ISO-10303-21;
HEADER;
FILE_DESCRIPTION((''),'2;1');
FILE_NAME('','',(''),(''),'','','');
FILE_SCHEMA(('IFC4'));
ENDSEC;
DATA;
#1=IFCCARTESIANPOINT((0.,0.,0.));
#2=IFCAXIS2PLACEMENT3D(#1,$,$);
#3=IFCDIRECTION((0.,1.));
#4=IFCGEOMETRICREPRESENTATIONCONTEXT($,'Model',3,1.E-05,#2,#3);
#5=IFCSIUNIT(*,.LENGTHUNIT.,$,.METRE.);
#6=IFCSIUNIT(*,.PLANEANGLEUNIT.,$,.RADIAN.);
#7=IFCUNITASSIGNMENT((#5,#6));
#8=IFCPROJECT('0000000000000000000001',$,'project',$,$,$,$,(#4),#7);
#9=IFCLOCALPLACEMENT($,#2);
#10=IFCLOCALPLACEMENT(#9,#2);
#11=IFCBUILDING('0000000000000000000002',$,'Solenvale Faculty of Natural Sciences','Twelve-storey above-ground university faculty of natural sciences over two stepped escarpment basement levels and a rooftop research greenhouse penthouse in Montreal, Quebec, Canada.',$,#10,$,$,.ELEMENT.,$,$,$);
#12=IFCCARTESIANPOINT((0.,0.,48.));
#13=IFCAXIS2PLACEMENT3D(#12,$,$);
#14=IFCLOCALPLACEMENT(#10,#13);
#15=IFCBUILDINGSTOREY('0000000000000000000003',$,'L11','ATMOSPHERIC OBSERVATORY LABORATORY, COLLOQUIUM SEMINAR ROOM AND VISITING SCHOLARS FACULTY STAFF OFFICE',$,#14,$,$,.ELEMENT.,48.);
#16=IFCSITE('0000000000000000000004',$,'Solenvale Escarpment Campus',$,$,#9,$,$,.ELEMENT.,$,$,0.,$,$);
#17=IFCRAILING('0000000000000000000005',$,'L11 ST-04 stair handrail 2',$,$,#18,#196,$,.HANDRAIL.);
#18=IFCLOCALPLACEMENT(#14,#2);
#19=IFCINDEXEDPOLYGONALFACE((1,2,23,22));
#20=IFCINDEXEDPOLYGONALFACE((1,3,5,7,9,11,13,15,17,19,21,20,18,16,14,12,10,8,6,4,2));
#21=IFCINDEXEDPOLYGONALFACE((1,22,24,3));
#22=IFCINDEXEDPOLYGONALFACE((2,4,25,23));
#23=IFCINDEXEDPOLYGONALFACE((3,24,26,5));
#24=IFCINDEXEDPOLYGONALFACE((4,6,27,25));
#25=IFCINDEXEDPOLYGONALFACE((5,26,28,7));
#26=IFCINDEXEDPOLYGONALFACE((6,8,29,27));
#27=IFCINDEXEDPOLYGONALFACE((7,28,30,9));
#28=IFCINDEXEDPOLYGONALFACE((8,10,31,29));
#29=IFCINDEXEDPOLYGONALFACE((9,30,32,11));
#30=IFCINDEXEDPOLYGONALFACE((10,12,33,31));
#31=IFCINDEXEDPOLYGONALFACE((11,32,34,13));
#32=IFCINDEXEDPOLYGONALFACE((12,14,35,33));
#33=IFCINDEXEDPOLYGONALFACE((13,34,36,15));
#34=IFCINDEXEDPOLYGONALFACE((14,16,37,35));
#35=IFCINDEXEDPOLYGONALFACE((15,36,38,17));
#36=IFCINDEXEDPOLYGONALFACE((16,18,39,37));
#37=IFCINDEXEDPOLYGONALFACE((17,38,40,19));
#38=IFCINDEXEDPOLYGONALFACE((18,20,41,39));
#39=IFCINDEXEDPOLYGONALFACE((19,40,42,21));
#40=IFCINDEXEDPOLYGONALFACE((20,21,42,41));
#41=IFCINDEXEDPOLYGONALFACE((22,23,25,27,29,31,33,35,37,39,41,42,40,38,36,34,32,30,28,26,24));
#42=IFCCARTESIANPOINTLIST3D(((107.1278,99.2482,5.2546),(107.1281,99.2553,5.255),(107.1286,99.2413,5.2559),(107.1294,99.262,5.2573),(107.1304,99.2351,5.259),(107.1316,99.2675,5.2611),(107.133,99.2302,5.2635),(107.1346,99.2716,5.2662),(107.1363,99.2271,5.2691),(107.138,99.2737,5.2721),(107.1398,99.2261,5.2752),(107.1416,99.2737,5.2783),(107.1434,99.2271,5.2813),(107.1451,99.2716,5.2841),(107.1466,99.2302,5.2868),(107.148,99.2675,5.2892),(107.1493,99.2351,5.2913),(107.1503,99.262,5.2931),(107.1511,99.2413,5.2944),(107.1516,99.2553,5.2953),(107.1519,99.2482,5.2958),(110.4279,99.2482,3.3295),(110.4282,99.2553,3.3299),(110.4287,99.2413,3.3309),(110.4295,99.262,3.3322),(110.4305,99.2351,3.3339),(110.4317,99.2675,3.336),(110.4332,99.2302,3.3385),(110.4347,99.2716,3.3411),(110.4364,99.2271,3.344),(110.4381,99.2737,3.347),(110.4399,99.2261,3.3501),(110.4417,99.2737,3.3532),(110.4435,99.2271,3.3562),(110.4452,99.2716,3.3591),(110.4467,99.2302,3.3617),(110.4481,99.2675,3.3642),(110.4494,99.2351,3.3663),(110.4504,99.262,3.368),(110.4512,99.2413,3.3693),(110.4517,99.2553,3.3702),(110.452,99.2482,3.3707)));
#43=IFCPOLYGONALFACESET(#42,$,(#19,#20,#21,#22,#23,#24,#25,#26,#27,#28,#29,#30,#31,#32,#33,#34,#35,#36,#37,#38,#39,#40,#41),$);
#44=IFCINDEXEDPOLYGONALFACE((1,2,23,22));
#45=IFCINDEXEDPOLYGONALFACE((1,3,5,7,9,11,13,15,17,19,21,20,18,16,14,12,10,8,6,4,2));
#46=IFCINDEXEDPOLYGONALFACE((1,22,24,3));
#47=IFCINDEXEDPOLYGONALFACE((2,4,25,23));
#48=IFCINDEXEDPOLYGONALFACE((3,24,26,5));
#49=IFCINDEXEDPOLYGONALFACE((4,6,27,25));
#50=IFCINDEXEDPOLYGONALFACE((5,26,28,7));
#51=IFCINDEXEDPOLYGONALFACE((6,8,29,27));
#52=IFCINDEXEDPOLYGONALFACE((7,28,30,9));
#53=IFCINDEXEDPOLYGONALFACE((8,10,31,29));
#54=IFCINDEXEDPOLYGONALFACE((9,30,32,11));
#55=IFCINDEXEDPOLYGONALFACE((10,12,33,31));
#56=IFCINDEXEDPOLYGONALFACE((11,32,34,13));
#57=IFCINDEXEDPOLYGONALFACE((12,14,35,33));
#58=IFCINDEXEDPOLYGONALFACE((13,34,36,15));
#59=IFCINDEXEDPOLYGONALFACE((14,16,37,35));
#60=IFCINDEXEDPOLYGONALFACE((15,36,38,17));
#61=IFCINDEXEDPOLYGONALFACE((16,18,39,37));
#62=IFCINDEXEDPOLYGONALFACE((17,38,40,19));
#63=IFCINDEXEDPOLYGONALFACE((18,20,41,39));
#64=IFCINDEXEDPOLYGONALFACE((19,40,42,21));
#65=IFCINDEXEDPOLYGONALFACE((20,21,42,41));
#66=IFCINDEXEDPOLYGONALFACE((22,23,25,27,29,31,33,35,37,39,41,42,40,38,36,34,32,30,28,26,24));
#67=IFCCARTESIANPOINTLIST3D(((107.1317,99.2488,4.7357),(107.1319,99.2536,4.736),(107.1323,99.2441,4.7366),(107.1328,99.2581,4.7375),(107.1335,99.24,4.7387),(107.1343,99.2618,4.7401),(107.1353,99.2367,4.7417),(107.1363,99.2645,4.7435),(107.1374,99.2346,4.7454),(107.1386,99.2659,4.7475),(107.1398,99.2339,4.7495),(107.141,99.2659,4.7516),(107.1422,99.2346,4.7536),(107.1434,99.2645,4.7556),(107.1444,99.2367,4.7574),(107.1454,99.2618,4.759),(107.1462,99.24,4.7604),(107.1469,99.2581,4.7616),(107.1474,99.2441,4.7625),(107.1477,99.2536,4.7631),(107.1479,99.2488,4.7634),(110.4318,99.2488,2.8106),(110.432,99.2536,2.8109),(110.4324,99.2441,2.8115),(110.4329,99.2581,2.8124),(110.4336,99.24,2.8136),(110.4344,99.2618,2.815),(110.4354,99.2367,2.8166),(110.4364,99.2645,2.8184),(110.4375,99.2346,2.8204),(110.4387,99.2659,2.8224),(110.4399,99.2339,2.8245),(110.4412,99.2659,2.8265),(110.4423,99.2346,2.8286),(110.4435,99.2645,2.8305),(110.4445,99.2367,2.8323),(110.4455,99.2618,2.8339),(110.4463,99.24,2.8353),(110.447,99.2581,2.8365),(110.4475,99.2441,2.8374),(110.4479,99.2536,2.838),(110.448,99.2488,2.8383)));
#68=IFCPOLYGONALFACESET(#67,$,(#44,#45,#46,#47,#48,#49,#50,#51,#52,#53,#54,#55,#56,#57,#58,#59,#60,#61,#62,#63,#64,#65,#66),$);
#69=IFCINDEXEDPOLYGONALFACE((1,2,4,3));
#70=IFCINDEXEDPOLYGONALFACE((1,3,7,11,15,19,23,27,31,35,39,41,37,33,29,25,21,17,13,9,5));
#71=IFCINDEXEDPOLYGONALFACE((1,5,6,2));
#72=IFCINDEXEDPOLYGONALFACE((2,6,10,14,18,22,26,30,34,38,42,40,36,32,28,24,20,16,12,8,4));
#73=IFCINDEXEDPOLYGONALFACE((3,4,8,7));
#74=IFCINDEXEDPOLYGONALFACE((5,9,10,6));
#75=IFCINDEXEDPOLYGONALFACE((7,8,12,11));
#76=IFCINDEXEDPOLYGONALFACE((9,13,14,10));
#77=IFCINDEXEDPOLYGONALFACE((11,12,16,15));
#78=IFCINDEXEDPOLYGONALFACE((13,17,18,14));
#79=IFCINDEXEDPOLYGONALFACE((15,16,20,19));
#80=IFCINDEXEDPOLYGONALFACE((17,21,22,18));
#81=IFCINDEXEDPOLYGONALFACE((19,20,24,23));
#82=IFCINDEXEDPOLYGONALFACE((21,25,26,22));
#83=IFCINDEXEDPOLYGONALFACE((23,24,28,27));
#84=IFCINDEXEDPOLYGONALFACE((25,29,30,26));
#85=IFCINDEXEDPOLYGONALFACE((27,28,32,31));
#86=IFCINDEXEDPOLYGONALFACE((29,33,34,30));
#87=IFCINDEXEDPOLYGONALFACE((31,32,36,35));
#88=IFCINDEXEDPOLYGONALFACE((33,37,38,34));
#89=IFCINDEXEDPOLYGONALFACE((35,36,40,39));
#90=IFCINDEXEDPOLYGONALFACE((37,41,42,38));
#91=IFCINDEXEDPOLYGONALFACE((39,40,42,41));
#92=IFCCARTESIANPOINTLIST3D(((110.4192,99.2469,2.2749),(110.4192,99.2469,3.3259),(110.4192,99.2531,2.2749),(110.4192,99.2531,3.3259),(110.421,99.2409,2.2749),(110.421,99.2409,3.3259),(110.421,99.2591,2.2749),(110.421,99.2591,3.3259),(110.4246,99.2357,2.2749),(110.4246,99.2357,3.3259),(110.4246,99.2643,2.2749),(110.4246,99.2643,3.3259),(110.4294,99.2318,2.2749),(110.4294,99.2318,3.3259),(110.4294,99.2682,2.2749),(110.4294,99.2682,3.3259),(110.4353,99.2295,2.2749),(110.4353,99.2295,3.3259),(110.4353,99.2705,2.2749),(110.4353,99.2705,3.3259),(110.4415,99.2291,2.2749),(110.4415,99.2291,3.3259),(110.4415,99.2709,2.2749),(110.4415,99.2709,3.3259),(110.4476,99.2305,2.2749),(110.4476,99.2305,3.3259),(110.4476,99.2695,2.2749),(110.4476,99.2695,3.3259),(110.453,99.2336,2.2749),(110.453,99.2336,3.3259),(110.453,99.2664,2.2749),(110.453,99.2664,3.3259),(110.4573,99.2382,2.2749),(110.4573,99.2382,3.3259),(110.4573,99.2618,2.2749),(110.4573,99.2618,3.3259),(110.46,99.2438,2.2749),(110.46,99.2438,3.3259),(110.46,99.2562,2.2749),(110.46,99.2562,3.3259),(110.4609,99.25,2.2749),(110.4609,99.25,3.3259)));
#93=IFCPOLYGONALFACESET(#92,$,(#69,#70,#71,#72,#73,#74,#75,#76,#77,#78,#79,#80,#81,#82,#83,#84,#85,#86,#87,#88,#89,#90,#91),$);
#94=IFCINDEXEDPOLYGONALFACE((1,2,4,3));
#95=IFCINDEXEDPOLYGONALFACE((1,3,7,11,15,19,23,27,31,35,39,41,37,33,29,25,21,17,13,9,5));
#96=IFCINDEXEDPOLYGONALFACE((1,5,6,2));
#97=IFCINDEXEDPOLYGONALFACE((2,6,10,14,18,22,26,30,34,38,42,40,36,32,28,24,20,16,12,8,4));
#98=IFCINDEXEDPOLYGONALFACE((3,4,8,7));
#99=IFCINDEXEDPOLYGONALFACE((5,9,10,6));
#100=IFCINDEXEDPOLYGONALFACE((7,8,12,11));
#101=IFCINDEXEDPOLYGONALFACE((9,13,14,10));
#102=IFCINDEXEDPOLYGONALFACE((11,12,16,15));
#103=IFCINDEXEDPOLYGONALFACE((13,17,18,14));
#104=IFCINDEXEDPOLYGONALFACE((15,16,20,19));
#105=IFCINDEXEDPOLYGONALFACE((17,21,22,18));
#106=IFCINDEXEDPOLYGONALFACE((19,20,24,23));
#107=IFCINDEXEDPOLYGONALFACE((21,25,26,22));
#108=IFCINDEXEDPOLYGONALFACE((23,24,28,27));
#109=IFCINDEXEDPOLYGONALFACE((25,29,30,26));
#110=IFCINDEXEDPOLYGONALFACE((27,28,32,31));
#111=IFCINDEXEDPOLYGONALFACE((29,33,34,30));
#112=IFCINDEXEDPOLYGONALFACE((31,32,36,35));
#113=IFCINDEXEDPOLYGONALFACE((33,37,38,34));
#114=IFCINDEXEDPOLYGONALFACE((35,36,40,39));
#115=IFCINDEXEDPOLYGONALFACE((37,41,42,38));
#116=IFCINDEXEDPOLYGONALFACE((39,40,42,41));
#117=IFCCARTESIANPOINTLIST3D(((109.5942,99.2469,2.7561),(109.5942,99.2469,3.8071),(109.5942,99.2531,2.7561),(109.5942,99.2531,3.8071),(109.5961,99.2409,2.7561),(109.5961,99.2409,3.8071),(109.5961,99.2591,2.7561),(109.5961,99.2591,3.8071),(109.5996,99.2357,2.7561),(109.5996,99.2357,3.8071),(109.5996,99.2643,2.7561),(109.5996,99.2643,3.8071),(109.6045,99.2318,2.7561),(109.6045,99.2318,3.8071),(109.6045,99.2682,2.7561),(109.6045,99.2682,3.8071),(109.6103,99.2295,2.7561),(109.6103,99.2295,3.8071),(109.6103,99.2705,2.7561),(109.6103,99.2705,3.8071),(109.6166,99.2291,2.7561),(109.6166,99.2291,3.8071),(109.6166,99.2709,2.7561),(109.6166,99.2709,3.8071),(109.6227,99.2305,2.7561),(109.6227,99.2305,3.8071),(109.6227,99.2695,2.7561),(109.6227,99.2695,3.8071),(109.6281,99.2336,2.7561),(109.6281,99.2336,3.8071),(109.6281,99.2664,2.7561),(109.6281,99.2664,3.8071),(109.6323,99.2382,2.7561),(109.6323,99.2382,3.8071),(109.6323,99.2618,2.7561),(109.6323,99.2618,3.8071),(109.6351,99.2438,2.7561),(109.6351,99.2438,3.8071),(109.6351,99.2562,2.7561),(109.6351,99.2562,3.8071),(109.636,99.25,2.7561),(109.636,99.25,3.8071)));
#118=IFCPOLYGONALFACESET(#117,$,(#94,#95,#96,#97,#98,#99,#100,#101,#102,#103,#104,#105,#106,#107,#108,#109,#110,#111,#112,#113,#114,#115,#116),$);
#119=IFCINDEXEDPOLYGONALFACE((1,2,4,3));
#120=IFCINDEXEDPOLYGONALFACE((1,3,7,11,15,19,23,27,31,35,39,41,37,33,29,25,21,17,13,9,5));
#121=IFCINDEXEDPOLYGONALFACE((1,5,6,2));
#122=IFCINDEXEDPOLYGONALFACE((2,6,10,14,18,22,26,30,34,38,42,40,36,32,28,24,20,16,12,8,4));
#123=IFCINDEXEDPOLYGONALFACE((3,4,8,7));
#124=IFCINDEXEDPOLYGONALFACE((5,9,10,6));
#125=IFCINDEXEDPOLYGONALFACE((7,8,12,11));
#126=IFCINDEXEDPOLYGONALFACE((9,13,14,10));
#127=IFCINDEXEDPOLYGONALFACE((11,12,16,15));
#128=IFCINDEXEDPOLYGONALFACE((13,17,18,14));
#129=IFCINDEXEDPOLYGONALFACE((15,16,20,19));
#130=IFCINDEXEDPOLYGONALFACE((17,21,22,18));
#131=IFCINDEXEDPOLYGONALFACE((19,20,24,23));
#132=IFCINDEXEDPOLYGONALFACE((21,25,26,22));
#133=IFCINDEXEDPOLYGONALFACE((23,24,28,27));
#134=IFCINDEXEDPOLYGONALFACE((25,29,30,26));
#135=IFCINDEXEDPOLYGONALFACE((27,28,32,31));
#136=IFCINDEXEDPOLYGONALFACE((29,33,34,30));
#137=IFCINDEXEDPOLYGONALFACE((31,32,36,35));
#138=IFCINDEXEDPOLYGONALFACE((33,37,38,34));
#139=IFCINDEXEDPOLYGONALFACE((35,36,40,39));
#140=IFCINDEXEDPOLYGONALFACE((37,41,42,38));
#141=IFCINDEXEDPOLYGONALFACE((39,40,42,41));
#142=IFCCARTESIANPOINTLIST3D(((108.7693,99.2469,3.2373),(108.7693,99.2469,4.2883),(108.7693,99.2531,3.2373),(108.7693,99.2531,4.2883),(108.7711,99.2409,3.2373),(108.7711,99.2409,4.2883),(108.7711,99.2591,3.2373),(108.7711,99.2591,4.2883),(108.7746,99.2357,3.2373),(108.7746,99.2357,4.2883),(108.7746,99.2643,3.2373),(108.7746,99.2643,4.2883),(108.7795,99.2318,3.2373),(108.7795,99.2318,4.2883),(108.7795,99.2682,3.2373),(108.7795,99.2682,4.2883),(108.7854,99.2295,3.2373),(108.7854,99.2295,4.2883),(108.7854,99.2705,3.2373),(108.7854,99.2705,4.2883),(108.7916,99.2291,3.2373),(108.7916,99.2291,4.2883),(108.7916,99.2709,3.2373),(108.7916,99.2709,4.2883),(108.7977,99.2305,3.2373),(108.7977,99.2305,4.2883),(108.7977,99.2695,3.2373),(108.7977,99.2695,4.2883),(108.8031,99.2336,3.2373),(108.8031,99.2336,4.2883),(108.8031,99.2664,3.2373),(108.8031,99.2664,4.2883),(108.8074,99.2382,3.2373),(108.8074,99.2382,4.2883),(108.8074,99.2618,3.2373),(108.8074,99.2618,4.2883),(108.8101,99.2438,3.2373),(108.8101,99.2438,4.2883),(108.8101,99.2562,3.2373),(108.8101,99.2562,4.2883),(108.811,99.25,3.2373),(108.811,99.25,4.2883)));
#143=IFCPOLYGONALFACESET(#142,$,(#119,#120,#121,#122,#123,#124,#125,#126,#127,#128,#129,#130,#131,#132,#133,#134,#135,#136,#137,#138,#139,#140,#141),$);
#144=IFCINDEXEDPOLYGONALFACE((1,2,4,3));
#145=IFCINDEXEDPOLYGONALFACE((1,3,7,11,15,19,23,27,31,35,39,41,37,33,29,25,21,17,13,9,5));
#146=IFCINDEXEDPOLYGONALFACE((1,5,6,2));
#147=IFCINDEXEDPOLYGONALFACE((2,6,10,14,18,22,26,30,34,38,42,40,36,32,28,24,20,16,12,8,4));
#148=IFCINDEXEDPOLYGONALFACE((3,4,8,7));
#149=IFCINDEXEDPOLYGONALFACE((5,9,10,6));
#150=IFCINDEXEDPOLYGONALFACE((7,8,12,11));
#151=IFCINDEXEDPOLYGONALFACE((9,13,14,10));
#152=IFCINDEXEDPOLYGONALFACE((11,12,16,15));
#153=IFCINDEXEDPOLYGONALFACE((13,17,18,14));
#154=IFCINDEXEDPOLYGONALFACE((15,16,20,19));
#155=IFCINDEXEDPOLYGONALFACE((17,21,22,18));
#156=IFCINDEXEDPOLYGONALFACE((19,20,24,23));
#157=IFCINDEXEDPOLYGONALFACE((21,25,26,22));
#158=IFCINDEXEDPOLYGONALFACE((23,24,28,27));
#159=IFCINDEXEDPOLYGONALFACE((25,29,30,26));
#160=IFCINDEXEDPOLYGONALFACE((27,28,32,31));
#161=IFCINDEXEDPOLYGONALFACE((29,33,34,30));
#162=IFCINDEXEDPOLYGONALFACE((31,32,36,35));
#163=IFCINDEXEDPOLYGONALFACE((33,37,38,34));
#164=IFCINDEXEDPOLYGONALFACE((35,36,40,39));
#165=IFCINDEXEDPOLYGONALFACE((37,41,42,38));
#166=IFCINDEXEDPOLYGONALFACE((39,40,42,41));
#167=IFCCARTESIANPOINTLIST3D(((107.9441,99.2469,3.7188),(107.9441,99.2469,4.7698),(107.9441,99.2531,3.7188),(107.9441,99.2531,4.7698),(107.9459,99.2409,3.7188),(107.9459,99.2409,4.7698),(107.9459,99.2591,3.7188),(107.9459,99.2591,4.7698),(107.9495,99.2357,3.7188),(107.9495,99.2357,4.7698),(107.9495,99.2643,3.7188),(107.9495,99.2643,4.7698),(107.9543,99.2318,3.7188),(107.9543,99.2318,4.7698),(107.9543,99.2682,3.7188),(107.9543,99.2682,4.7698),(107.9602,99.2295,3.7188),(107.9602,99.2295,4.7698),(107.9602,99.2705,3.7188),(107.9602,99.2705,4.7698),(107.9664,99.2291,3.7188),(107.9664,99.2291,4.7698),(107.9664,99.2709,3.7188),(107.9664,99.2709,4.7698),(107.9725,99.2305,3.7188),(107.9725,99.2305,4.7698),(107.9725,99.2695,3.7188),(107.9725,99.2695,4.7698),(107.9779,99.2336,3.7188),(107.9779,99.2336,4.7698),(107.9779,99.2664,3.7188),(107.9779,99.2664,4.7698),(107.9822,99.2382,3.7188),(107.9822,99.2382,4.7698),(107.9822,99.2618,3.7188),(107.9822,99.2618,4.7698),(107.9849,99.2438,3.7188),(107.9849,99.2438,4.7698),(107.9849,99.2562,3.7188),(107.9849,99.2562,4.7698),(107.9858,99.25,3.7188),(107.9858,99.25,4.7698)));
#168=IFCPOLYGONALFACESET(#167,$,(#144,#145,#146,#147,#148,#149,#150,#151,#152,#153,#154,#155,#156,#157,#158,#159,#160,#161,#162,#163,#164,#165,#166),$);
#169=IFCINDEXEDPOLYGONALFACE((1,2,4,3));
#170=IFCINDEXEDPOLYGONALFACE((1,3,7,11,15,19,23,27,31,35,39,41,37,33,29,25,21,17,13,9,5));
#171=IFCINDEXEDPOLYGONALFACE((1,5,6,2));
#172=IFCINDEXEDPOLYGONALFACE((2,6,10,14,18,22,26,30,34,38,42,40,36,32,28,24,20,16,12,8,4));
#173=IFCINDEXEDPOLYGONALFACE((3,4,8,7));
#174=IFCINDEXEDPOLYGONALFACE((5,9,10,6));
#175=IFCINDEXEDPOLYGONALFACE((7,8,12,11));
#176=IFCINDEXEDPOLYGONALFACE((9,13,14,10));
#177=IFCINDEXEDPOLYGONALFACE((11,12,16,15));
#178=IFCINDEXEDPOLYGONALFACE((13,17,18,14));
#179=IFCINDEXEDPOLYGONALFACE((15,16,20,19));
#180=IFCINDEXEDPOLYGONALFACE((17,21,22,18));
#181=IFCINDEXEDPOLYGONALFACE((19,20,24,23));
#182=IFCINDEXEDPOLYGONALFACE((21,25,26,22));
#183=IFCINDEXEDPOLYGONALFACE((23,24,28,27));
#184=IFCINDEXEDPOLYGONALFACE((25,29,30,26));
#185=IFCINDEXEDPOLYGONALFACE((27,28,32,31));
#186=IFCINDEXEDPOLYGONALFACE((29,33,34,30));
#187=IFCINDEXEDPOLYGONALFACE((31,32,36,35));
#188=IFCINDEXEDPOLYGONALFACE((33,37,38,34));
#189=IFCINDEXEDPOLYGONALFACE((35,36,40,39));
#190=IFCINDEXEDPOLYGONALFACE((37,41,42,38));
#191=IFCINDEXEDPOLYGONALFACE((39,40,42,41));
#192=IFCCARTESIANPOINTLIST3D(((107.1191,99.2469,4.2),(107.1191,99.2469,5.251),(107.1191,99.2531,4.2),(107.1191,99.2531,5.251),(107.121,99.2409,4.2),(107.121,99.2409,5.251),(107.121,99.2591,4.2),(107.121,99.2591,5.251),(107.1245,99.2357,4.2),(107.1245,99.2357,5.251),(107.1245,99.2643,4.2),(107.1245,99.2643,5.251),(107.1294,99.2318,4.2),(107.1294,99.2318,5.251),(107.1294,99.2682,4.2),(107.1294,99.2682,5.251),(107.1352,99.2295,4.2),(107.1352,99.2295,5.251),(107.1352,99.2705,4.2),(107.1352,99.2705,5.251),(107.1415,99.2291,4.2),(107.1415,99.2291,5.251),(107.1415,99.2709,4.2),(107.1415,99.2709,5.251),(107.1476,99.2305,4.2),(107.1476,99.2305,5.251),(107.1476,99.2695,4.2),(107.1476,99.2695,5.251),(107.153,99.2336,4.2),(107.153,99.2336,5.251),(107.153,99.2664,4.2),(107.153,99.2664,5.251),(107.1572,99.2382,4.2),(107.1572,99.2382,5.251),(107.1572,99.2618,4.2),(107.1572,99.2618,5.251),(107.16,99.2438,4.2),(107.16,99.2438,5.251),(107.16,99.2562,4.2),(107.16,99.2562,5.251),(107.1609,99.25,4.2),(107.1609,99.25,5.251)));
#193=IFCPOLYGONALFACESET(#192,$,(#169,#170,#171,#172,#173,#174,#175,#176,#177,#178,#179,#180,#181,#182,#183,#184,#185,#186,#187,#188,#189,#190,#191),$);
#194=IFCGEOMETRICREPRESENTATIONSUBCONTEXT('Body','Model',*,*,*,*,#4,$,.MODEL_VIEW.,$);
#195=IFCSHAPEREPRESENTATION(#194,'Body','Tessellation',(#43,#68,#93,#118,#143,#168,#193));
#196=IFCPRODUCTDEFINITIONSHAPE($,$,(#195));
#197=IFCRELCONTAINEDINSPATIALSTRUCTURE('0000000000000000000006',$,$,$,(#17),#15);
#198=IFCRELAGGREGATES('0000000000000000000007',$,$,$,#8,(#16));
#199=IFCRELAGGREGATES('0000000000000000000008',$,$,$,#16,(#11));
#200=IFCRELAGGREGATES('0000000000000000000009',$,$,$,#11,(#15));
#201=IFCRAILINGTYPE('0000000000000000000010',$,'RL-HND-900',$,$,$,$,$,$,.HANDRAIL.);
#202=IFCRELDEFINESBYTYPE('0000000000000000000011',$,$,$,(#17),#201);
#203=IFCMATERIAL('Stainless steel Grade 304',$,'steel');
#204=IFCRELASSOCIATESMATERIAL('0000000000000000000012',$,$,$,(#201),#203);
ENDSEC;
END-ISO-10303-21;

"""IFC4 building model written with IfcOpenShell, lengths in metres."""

from ifc_helpers import new_model, si_unit, direction, frame, origin, origin_2d, place, context, subcontext, project, spatial, circle, extrude, material, type_object, element, save


model = new_model("IFC4")

# Units and contexts
model_context = context("Model", 3, precision=1e-05, world=origin(), true_north=direction((0.0, 1.0)))
body_context = subcontext(model_context, "Body", "Model", "MODEL_VIEW")
ifc_project = project(units=[si_unit("LENGTHUNIT", "METRE"), si_unit("PLANEANGLEUNIT", "RADIAN")], contexts=[model_context])

# Site, building, storey
site_placement = place(None, origin())
site = spatial("IfcSite", under=ifc_project, at=site_placement, Name="Solenvale Escarpment Campus", CompositionType="ELEMENT", RefElevation=0.0)
building_placement = place(site_placement, origin())
building = spatial("IfcBuilding", under=site, at=building_placement, Name="Solenvale Faculty of Natural Sciences", Description="Twelve-storey above-ground university faculty of natural sciences over two stepped escarpment basement levels and a rooftop research greenhouse penthouse in Montreal, Quebec, Canada.", CompositionType="ELEMENT")
storey_placement = place(building_placement, frame((0.0, 0.0, 48.0)))
storey = spatial("IfcBuildingStorey", under=building, at=storey_placement, Name="L11", Description="ATMOSPHERIC OBSERVATORY LABORATORY, COLLOQUIUM SEMINAR ROOM AND VISITING SCHOLARS FACULTY STAFF OFFICE", CompositionType="ELEMENT", Elevation=48.0)

# Railing
ifc_material_1 = material(Name="Stainless steel Grade 304", Category="steel")
railing_type_1 = type_object("IfcRailingType", Name="RL-HND-900", PredefinedType="HANDRAIL", material=ifc_material_1)
railing_1_placement = place(storey_placement, frame((110.4399, 99.25, 2.2749)))
element("IfcRailing", 1, at=railing_1_placement, inside=storey, type_object=railing_type_1, Name="L11 ST-04 stair handrail 2", PredefinedType="HANDRAIL", context=body_context, shape_type="SweptSolid", body=[
    extrude(circle(Radius=0.0239, at=origin_2d()), frame((0.0, 0.0, 1.0752), z_axis=(-0.863777, 0.0, 0.503875), x_axis=(0.0, -1.0, 0.0)), (0.0, 0.0, 1.0), 3.8206),
    extrude(circle(Radius=0.0161, at=origin_2d()), frame((0.0, 0.0, 0.5496), z_axis=(-0.863777, 0.0, 0.503875), x_axis=(0.0, -1.0, 0.0)), (0.0, 0.0, 1.0), 3.8206),
    extrude(circle(Radius=0.021, at=origin_2d()), origin(), (0.0, 0.0, 1.0), 1.051),
    extrude(circle(Radius=0.021, at=origin_2d()), frame((-0.825, 0.0, 0.4812)), (0.0, 0.0, 1.0), 1.051),
    extrude(circle(Radius=0.021, at=origin_2d()), frame((-1.6499, 0.0, 0.9624)), (0.0, 0.0, 1.0), 1.051),
    extrude(circle(Radius=0.021, at=origin_2d()), frame((-2.4751, 0.0, 1.4438)), (0.0, 0.0, 1.0), 1.051),
    extrude(circle(Radius=0.021, at=origin_2d()), frame((-3.3, 0.0, 1.925)), (0.0, 0.0, 1.0), 1.051),
])

save(model, "model.ifc")
